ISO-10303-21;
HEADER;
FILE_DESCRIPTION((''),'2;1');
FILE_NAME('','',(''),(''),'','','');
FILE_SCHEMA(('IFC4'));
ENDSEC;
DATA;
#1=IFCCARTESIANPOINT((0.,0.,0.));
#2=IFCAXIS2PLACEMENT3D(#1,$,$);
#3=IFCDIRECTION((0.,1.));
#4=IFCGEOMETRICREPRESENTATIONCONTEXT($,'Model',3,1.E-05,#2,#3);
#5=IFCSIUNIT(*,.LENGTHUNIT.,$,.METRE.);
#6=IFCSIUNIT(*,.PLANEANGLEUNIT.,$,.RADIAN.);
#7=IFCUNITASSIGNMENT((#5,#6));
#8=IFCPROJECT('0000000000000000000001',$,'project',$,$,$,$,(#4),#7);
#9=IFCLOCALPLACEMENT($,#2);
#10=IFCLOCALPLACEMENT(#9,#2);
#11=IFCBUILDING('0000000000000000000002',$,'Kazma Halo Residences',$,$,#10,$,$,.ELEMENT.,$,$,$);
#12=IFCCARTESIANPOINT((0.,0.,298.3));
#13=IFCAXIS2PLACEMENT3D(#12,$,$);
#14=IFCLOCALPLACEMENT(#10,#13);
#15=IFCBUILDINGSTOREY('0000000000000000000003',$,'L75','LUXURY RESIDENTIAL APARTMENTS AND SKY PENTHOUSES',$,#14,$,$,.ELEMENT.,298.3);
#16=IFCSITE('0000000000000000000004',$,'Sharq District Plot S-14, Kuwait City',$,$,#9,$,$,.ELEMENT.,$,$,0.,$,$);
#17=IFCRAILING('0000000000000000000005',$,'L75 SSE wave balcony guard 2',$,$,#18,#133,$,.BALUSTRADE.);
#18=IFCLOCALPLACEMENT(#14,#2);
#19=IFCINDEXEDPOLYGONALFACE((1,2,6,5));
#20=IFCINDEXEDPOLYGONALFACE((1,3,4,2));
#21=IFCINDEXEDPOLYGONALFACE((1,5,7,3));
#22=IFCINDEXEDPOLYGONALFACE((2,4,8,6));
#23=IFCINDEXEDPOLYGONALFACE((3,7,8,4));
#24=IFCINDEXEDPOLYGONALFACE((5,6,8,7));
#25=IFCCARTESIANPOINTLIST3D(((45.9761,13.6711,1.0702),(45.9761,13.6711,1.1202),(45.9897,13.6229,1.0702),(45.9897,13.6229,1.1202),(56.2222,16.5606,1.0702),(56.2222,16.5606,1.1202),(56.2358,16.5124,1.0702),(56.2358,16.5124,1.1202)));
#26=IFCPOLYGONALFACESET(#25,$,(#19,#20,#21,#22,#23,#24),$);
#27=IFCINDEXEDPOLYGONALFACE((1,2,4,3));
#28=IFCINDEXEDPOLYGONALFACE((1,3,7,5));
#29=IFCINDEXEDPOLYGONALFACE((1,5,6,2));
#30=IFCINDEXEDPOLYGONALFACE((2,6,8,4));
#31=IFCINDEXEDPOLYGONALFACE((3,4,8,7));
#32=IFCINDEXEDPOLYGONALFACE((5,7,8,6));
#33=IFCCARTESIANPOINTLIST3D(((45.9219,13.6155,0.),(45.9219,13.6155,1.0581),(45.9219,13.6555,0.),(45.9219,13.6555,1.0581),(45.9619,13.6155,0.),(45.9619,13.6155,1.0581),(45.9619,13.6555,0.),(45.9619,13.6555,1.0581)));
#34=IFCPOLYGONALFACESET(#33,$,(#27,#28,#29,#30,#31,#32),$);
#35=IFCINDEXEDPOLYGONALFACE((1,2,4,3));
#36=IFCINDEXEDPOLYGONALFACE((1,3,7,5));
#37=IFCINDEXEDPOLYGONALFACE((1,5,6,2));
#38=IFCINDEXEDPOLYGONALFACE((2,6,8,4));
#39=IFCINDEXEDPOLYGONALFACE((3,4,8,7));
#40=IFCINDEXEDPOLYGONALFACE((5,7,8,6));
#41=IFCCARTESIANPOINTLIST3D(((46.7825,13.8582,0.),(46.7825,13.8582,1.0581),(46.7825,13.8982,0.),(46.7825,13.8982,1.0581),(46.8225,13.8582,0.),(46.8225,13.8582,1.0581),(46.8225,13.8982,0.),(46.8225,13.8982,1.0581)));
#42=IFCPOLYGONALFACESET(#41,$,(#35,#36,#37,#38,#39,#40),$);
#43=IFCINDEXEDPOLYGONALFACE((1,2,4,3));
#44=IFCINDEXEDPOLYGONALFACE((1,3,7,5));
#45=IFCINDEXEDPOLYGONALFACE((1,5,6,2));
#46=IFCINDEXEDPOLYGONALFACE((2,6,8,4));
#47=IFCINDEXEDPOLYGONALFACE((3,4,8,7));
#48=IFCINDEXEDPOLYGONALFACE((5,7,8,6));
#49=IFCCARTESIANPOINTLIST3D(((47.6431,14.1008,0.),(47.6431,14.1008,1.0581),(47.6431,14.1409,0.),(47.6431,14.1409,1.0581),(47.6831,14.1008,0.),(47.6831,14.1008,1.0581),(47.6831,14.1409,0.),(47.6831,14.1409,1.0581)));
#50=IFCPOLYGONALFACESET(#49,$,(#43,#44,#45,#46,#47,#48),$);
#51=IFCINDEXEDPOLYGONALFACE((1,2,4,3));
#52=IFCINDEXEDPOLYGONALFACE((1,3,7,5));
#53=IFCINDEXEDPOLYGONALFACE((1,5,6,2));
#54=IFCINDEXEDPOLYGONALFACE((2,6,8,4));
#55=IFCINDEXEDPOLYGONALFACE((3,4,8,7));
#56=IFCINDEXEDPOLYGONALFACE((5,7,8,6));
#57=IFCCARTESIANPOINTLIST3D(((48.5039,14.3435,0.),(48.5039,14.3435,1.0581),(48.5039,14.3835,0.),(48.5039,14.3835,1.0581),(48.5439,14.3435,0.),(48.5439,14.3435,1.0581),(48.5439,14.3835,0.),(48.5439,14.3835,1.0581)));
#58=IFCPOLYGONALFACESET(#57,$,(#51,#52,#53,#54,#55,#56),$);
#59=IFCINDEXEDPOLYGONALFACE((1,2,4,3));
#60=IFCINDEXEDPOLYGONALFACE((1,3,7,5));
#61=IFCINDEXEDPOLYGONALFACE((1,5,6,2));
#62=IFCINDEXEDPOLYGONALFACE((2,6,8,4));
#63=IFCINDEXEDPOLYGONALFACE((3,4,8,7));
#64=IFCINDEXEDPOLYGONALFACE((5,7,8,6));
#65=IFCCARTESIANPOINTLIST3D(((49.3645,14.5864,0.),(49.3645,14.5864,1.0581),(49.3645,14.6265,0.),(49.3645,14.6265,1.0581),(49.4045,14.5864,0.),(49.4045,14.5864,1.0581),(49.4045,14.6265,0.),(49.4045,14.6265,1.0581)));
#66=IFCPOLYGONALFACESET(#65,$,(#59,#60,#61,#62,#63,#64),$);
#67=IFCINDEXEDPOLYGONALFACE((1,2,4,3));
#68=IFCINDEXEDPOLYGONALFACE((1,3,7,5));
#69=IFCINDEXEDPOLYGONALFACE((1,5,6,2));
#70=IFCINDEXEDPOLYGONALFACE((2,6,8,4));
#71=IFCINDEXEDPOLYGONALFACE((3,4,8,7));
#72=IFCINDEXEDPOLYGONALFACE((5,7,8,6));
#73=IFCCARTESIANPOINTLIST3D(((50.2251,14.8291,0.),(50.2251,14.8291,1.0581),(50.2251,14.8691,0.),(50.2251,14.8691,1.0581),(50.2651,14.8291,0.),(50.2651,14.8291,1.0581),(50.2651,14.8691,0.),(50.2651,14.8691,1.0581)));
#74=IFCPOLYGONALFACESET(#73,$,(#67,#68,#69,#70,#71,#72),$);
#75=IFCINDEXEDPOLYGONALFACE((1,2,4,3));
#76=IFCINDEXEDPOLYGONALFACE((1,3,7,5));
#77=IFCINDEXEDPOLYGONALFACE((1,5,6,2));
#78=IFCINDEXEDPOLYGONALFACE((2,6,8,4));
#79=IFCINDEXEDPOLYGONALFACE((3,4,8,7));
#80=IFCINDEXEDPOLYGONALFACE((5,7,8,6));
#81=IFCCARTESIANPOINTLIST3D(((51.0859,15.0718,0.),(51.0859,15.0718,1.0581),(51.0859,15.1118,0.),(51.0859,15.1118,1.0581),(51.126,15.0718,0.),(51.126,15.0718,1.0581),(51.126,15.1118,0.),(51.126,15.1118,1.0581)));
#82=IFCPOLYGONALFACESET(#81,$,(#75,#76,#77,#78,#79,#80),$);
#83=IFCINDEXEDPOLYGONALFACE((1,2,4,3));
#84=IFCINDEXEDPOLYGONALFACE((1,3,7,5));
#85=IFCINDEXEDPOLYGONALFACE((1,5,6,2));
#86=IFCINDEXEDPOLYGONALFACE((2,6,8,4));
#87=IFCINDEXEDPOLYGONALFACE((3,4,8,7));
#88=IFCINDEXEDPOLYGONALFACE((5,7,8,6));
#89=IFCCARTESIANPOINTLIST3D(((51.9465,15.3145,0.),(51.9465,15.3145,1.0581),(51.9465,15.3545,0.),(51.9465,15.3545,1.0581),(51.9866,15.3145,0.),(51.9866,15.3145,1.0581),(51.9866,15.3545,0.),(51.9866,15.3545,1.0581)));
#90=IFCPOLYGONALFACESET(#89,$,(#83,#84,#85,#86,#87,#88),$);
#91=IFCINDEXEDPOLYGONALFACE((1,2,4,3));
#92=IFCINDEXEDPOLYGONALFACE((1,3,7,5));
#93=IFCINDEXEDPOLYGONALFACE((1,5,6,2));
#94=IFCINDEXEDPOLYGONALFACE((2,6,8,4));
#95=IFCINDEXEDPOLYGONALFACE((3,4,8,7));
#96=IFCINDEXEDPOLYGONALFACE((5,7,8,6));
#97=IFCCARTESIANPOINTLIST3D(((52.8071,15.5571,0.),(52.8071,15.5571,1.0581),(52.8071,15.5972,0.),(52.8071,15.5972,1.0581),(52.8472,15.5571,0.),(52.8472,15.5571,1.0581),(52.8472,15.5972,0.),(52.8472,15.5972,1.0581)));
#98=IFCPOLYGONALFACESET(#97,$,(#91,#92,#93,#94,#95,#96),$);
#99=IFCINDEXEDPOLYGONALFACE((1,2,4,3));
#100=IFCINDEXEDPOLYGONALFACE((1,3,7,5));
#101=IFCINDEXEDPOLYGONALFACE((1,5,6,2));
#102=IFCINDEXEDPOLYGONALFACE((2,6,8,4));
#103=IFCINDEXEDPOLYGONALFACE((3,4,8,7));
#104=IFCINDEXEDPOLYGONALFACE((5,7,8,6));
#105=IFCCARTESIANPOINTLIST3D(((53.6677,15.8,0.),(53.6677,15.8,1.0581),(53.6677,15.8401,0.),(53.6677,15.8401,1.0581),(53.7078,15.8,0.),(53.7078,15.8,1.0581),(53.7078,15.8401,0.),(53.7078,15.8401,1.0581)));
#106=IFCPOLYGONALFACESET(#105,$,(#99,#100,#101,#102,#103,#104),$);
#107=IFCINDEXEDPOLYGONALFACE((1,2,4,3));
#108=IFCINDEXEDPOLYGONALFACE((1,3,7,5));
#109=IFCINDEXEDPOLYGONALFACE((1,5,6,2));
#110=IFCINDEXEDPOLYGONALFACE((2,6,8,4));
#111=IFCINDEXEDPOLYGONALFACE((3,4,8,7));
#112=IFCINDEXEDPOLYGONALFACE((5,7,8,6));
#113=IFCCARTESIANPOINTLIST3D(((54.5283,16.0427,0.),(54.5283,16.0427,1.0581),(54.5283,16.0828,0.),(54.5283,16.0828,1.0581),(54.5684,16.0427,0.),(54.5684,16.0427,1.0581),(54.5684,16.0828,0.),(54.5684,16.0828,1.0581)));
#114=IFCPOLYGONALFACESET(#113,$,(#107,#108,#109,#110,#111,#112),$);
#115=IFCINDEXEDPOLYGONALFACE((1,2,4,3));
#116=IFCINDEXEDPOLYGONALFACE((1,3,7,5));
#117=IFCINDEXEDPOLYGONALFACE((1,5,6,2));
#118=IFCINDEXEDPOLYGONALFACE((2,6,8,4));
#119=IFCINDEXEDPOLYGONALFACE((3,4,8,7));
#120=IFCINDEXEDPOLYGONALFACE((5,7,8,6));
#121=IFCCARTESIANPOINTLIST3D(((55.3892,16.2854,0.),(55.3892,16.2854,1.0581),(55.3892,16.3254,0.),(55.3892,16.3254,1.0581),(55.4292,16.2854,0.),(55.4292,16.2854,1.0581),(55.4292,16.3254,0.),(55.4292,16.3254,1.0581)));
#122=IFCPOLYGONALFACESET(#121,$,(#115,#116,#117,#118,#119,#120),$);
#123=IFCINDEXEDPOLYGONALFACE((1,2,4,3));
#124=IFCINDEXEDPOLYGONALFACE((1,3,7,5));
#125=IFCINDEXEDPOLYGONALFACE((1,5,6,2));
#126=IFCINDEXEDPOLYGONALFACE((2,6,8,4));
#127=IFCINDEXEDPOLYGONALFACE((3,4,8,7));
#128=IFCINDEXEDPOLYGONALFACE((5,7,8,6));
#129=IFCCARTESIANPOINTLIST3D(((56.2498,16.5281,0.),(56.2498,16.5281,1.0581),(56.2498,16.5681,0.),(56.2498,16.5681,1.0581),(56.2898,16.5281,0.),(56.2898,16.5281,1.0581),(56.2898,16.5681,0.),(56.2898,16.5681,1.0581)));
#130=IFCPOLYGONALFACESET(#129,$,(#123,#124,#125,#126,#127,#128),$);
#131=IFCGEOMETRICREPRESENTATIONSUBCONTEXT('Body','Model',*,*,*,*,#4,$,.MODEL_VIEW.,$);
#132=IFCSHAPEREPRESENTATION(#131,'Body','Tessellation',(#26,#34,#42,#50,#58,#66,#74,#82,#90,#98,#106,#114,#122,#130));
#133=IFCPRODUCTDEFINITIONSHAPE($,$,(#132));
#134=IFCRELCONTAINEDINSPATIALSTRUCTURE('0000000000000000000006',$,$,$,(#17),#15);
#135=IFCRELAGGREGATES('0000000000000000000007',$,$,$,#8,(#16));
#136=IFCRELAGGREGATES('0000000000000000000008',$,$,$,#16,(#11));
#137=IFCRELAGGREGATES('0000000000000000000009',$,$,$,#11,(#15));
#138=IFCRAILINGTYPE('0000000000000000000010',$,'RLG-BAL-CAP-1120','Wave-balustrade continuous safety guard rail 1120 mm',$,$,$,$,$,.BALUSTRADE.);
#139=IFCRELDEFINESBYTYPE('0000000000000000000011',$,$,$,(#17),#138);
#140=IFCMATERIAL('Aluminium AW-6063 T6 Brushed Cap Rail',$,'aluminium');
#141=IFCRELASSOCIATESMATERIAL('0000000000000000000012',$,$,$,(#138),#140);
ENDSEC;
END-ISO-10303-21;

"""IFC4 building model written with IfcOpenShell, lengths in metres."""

from ifc_helpers import new_model, si_unit, direction, frame, origin, origin_2d, place, context, subcontext, project, spatial, rectangle, extrude, material, type_object, element, save


model = new_model("IFC4")

# Units and contexts
model_context = context("Model", 3, precision=1e-05, world=origin(), true_north=direction((0.0, 1.0)))
body_context = subcontext(model_context, "Body", "Model", "MODEL_VIEW")
ifc_project = project(units=[si_unit("LENGTHUNIT", "METRE"), si_unit("PLANEANGLEUNIT", "RADIAN")], contexts=[model_context])

# Site, building, storey
site_placement = place(None, origin())
site = spatial("IfcSite", under=ifc_project, at=site_placement, Name="Sharq District Plot S-14, Kuwait City", CompositionType="ELEMENT", RefElevation=0.0)
building_placement = place(site_placement, origin())
building = spatial("IfcBuilding", under=site, at=building_placement, Name="Kazma Halo Residences", CompositionType="ELEMENT")
storey_placement = place(building_placement, frame((0.0, 0.0, 298.3)))
storey = spatial("IfcBuildingStorey", under=building, at=storey_placement, Name="L75", Description="LUXURY RESIDENTIAL APARTMENTS AND SKY PENTHOUSES", CompositionType="ELEMENT", Elevation=298.3)

# Railing
ifc_material_1 = material(Name="Aluminium AW-6063 T6 Brushed Cap Rail", Category="aluminium")
railing_type = type_object("IfcRailingType", Name="RLG-BAL-CAP-1120", Description="Wave-balustrade continuous safety guard rail 1120 mm", PredefinedType="BALUSTRADE", material=ifc_material_1)
railing_1_placement = place(storey_placement, frame((45.9419, 13.6355, 0.0)))
element("IfcRailing", 1, at=railing_1_placement, inside=storey, type_object=railing_type, Name="L75 SSE wave balcony guard 2", PredefinedType="BALUSTRADE", context=body_context, shape_type="SweptSolid", body=[
    extrude(rectangle(XDim=0.05, YDim=0.05, at=origin_2d()), frame((0.041, 0.0115, 1.0952), z_axis=(0.962459, 0.271426, 0.0), x_axis=(-0.271426, 0.962459, 0.0)), (0.0, 0.0, 1.0), 10.6458),
    extrude(rectangle(XDim=0.04, YDim=0.04, at=origin_2d()), origin(), (0.0, 0.0, 1.0), 1.0581),
    extrude(rectangle(XDim=0.04, YDim=0.04, at=origin_2d()), frame((0.8606, 0.2427, 0.0)), (0.0, 0.0, 1.0), 1.0581),
    extrude(rectangle(XDim=0.04, YDim=0.04, at=origin_2d()), frame((1.7212, 0.4854, 0.0)), (0.0, 0.0, 1.0), 1.0581),
    extrude(rectangle(XDim=0.04, YDim=0.04, at=origin_2d()), frame((2.582, 0.728, 0.0)), (0.0, 0.0, 1.0), 1.0581),
    extrude(rectangle(XDim=0.04, YDim=0.04, at=origin_2d()), frame((3.4426, 0.9709, 0.0)), (0.0, 0.0, 1.0), 1.0581),
    extrude(rectangle(XDim=0.04, YDim=0.04, at=origin_2d()), frame((4.3032, 1.2136, 0.0)), (0.0, 0.0, 1.0), 1.0581),
    extrude(rectangle(XDim=0.04, YDim=0.04, at=origin_2d()), frame((5.1641, 1.4563, 0.0)), (0.0, 0.0, 1.0), 1.0581),
    extrude(rectangle(XDim=0.04, YDim=0.04, at=origin_2d()), frame((6.0247, 1.699, 0.0)), (0.0, 0.0, 1.0), 1.0581),
    extrude(rectangle(XDim=0.04, YDim=0.04, at=origin_2d()), frame((6.8853, 1.9417, 0.0)), (0.0, 0.0, 1.0), 1.0581),
    extrude(rectangle(XDim=0.04, YDim=0.04, at=origin_2d()), frame((7.7458, 2.1846, 0.0)), (0.0, 0.0, 1.0), 1.0581),
    extrude(rectangle(XDim=0.04, YDim=0.04, at=origin_2d()), frame((8.6064, 2.4272, 0.0)), (0.0, 0.0, 1.0), 1.0581),
    extrude(rectangle(XDim=0.04, YDim=0.04, at=origin_2d()), frame((9.4673, 2.6699, 0.0)), (0.0, 0.0, 1.0), 1.0581),
    extrude(rectangle(XDim=0.04, YDim=0.04, at=origin_2d()), frame((10.3279, 2.9126, 0.0)), (0.0, 0.0, 1.0), 1.0581),
])

save(model, "model.ifc")
